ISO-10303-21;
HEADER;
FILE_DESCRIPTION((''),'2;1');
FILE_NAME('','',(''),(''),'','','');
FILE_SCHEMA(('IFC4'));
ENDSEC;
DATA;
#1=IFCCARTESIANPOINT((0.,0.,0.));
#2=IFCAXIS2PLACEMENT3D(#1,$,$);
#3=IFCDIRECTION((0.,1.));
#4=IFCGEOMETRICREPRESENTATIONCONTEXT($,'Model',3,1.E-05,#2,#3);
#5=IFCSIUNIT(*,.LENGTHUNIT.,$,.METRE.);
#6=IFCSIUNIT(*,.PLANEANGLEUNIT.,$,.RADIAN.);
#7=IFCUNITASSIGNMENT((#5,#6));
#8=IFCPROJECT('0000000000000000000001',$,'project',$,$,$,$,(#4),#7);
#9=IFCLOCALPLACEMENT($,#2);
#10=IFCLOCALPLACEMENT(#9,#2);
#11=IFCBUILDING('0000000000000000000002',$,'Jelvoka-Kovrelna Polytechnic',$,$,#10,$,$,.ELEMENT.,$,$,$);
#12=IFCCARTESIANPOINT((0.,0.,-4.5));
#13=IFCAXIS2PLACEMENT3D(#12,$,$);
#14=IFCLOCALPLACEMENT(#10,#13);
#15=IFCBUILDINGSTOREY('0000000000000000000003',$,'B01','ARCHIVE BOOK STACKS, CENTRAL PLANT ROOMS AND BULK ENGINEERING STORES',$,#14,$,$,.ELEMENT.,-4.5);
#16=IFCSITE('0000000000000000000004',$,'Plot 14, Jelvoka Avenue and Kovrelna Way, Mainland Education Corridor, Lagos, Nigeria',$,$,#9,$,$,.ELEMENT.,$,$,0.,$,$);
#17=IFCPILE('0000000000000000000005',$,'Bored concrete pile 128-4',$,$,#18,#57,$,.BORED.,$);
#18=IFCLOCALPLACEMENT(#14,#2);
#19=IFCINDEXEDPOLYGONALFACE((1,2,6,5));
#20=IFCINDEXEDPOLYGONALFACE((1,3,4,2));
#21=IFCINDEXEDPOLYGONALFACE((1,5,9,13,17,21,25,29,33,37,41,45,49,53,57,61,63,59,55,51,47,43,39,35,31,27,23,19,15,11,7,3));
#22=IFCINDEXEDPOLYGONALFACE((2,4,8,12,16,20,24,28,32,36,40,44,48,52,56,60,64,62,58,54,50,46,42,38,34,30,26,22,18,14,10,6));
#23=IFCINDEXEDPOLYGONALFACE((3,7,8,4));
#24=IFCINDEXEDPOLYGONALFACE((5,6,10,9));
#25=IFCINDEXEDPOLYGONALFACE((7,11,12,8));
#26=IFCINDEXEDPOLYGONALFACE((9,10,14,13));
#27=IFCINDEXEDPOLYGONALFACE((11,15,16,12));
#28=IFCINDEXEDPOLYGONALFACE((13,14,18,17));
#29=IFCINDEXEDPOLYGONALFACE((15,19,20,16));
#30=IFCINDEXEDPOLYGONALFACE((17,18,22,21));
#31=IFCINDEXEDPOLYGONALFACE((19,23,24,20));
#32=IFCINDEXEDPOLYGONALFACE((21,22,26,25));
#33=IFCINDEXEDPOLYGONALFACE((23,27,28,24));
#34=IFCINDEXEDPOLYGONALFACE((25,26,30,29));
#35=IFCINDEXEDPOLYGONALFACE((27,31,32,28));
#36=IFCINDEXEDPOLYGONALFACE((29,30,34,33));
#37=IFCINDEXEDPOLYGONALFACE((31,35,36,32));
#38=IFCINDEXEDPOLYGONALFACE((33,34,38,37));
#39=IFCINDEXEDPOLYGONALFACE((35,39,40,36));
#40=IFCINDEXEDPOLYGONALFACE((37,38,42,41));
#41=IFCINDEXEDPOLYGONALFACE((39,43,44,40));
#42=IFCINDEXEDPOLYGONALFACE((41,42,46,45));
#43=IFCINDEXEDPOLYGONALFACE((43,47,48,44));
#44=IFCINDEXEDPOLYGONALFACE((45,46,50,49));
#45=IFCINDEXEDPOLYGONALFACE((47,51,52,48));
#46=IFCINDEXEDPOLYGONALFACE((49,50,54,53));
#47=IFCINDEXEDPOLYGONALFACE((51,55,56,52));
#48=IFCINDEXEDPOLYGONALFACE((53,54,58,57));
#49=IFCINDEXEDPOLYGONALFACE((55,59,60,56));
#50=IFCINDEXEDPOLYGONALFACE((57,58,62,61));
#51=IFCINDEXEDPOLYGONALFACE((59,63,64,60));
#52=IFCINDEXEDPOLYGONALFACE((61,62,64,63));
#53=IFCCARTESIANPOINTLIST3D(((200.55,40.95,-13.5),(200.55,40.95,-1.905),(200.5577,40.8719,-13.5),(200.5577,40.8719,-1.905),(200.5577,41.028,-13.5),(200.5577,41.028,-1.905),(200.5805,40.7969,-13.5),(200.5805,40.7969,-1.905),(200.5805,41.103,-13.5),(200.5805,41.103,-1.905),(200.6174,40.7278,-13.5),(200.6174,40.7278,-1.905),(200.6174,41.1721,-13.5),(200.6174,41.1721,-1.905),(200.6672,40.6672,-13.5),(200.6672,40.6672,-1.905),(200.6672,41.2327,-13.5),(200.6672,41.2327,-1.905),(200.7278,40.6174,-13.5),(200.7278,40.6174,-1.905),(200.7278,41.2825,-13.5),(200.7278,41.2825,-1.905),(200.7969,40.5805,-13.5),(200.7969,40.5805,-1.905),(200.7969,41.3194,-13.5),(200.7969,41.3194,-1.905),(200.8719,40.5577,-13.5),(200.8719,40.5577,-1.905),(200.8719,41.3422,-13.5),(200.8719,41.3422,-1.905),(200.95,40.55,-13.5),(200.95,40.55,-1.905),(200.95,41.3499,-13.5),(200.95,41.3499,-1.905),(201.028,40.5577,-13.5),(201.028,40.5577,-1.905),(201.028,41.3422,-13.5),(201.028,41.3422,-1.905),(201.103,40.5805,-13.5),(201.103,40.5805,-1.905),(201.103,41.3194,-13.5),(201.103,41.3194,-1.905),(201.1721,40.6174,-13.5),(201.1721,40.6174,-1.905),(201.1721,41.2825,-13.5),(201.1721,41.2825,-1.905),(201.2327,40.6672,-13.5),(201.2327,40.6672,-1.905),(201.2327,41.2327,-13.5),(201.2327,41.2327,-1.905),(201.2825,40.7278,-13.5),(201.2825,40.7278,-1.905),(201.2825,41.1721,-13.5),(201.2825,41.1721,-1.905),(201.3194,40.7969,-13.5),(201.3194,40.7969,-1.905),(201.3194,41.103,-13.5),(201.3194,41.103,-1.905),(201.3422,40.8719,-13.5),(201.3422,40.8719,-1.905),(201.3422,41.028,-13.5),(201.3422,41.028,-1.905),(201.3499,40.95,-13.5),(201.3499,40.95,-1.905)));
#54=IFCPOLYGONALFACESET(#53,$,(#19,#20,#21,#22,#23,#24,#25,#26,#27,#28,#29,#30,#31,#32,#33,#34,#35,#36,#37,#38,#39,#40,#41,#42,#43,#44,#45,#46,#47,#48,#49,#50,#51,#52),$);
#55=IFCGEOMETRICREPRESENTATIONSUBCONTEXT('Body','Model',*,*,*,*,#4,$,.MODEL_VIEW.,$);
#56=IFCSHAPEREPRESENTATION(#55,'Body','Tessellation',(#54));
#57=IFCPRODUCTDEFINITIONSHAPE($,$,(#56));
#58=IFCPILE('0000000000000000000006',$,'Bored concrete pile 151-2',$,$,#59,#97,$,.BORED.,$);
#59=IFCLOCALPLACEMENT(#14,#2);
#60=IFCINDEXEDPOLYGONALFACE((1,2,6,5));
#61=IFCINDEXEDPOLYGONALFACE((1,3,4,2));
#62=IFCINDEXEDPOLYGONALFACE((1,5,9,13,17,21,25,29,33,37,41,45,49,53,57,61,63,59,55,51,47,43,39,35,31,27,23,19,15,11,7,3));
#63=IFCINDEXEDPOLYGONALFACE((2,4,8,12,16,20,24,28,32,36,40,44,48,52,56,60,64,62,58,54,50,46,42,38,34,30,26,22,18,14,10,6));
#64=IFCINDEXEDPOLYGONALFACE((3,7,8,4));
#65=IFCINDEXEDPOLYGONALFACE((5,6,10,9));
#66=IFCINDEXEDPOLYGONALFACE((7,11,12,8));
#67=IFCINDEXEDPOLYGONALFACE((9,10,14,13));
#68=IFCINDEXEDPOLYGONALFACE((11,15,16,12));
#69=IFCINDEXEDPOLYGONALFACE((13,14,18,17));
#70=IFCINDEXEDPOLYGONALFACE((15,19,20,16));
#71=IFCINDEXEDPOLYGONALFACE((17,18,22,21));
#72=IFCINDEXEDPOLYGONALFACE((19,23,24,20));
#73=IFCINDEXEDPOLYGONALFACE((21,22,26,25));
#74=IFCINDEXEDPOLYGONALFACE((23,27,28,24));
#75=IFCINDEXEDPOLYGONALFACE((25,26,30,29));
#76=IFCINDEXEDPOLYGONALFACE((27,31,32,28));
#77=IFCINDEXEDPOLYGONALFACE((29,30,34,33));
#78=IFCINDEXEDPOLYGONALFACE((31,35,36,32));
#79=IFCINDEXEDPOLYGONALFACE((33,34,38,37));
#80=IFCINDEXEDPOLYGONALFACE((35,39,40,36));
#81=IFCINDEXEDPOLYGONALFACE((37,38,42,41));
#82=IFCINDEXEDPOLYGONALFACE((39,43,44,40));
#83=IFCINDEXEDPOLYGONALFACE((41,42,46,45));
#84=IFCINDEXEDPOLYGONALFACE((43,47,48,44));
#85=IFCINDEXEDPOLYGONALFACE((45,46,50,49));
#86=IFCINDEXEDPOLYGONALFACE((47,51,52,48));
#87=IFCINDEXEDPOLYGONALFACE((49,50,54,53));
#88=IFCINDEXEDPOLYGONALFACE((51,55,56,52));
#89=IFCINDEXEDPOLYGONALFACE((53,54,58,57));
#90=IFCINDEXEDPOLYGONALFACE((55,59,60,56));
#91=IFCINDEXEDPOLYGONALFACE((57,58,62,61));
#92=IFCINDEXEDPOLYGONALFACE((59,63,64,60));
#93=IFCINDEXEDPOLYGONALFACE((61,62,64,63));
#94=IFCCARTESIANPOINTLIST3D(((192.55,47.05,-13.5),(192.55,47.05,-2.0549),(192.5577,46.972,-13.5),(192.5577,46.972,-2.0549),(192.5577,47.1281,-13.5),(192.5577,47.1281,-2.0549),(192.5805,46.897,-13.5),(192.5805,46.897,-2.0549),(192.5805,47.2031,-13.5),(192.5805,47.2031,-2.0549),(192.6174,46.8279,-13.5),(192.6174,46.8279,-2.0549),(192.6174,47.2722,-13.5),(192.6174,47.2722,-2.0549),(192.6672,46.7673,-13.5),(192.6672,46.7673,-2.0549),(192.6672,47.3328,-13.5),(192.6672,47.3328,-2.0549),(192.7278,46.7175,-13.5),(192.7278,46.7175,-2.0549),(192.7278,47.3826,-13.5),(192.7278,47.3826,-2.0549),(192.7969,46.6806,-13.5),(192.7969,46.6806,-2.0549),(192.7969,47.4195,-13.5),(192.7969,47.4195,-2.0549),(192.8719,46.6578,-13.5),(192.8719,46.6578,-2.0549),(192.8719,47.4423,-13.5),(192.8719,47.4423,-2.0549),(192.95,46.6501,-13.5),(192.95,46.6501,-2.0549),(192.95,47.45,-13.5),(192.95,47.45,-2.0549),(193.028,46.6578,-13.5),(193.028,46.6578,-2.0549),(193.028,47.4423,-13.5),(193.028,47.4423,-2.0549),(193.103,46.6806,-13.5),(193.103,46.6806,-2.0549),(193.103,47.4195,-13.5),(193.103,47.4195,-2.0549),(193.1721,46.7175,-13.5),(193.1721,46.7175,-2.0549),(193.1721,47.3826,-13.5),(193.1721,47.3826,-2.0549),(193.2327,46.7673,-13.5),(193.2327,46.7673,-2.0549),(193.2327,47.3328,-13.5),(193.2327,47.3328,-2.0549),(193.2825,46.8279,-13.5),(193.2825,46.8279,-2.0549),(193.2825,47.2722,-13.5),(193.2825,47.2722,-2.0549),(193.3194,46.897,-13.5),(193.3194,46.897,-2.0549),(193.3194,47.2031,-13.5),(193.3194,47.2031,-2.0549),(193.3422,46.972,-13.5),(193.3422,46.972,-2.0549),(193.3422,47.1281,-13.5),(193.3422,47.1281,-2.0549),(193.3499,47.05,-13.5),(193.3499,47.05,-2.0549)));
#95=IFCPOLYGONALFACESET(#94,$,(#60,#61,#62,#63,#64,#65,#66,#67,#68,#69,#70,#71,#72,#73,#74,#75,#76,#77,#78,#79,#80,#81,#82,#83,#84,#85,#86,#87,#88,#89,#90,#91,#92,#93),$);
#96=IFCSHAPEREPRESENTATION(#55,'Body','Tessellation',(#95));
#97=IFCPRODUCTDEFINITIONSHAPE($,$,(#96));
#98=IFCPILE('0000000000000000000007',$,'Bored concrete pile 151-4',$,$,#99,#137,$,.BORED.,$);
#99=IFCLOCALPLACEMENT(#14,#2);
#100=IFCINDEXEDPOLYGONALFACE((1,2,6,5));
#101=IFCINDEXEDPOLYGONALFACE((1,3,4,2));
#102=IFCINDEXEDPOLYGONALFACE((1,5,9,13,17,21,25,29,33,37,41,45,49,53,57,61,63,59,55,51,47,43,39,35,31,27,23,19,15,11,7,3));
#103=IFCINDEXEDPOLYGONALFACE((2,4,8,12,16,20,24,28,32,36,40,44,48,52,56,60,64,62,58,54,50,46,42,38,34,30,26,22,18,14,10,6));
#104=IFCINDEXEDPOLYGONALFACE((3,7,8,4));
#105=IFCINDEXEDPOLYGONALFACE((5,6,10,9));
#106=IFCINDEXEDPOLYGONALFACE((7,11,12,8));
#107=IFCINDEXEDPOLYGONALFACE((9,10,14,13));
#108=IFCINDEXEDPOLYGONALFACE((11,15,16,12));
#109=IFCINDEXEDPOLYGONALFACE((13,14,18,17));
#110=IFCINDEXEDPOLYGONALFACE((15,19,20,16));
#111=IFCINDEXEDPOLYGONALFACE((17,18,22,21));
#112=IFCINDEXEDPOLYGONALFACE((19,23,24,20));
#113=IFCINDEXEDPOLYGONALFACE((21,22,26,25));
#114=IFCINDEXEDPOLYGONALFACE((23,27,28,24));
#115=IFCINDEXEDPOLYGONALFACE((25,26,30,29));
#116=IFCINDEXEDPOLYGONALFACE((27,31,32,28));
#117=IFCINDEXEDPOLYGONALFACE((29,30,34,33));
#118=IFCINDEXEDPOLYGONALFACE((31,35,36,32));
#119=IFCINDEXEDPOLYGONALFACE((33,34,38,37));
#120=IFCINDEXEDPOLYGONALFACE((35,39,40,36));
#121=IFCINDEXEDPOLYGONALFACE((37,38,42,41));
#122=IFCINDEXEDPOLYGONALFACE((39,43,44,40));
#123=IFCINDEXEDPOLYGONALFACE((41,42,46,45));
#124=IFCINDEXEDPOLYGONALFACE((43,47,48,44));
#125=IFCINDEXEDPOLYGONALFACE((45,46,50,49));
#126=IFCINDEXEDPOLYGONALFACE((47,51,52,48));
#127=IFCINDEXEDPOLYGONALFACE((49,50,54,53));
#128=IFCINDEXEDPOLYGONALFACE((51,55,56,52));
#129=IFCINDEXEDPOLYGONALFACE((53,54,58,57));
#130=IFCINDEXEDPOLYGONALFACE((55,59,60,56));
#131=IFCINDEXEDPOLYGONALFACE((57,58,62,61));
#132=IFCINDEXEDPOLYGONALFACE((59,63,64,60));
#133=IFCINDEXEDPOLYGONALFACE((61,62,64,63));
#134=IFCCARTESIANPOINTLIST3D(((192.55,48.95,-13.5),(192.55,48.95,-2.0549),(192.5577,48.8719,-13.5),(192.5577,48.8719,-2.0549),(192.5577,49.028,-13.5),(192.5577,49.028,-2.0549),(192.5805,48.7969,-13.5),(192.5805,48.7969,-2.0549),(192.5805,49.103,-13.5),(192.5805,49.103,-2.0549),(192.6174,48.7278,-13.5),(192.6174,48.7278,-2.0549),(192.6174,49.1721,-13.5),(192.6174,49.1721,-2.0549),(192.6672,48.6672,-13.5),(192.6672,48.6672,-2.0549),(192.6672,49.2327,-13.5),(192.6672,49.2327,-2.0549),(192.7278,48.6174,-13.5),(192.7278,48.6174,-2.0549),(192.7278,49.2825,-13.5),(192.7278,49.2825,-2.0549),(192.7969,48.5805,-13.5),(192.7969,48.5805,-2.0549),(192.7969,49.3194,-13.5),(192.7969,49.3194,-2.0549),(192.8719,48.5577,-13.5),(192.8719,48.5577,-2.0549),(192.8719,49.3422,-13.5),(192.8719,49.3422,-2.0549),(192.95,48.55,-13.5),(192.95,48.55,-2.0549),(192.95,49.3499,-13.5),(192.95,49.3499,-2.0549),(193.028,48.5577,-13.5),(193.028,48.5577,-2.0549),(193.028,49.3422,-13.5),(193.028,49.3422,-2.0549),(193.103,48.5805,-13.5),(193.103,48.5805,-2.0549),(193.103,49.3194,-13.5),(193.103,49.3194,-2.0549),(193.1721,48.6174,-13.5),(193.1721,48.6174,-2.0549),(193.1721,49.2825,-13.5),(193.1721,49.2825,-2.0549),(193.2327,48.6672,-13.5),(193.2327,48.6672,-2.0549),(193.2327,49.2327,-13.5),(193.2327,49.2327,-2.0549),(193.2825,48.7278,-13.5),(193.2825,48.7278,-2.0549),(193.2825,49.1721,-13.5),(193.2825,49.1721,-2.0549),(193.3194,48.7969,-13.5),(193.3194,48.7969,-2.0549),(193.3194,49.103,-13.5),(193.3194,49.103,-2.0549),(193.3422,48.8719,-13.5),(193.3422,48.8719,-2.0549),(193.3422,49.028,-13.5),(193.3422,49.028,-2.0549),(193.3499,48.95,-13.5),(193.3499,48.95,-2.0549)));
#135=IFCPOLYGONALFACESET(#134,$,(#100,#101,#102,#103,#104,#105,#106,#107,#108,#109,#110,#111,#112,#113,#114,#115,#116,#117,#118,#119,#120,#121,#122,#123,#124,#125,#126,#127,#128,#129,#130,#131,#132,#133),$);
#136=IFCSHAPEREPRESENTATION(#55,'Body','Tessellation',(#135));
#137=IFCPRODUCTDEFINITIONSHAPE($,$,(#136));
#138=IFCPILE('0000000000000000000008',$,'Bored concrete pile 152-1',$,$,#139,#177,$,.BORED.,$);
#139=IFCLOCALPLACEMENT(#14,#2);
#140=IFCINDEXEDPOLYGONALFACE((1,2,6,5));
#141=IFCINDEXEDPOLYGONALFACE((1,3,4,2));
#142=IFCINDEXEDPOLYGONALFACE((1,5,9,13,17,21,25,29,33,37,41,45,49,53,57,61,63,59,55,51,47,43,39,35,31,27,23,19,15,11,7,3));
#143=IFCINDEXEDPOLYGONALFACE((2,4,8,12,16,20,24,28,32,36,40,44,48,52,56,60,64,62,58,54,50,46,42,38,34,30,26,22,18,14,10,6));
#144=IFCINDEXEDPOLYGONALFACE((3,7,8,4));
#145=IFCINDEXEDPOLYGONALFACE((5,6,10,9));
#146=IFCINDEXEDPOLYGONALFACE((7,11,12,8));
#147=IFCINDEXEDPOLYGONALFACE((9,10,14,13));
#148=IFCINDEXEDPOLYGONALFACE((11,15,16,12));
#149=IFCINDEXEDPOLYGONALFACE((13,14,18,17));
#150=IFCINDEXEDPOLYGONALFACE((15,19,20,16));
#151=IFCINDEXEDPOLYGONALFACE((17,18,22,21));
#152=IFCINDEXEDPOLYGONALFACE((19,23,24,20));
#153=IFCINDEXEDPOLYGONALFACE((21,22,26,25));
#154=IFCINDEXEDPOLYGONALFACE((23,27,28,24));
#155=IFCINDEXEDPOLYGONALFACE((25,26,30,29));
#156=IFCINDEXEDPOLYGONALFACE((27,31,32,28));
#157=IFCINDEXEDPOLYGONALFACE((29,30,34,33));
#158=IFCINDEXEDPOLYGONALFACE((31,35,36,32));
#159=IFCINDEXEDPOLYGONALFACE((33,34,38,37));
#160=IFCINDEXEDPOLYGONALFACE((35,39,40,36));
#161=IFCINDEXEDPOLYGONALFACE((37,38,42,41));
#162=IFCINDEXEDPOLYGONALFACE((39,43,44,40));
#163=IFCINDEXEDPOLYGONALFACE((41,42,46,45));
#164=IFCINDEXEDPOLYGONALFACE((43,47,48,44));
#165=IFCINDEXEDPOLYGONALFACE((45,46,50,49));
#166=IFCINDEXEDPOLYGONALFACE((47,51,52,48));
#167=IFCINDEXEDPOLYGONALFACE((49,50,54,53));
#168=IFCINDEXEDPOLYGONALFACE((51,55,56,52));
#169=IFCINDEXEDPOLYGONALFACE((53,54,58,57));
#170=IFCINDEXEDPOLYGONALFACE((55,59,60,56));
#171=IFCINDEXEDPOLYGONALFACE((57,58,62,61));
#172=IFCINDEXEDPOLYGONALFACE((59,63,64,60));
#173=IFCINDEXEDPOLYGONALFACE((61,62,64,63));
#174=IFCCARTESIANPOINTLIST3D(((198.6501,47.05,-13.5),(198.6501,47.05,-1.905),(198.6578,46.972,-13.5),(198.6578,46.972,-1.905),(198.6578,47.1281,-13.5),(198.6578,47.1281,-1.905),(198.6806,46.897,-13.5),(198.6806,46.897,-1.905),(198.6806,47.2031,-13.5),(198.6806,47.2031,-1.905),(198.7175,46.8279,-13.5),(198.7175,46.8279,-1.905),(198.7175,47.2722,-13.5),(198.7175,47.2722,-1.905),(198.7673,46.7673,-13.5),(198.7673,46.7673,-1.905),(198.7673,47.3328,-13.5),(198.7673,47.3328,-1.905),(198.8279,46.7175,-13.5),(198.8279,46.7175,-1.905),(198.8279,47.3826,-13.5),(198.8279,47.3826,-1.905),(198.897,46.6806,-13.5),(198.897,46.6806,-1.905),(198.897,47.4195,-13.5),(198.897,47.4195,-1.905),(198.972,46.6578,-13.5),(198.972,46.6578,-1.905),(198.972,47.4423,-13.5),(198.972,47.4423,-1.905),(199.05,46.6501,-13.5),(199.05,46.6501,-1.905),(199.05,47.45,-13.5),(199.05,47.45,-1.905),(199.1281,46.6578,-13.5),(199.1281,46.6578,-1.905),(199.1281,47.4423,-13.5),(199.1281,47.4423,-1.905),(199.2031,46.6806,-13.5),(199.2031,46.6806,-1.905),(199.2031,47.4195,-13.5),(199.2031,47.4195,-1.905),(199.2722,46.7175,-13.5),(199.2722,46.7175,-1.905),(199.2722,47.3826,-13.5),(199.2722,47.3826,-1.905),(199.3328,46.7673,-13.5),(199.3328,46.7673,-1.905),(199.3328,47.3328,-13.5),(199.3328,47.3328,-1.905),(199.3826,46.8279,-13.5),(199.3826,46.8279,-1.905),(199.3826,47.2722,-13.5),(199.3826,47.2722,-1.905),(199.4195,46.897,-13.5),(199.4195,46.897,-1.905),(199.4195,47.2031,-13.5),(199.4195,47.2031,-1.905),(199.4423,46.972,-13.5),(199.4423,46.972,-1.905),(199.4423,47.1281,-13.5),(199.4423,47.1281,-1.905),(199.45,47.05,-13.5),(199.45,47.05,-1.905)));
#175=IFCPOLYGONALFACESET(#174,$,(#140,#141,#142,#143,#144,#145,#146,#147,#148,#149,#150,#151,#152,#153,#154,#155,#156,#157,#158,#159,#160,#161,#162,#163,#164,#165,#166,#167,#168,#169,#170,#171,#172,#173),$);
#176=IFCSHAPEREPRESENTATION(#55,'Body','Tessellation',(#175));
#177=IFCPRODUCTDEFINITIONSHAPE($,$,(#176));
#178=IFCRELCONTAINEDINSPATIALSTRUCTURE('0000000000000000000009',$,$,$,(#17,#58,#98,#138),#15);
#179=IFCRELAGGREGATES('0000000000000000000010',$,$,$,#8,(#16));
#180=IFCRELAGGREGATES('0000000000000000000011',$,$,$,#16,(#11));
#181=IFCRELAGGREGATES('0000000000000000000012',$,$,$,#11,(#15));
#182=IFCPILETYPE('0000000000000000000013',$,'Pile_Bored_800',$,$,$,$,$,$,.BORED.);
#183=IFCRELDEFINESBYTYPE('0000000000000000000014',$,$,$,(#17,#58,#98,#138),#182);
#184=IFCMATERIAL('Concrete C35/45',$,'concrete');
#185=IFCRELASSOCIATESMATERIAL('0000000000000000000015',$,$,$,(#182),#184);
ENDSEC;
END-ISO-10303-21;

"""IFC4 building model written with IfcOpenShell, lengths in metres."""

from ifc_helpers import new_model, si_unit, direction, frame, origin, origin_2d, place, context, subcontext, project, spatial, circle, extrude, material, material_profile, profile_set, type_object, element, save


model = new_model("IFC4")

# Units and contexts
model_context = context("Model", 3, precision=1e-05, world=origin(), true_north=direction((0.0, 1.0)))
body_context = subcontext(model_context, "Body", "Model", "MODEL_VIEW")
ifc_project = project(units=[si_unit("LENGTHUNIT", "METRE"), si_unit("PLANEANGLEUNIT", "RADIAN")], contexts=[model_context])

# Site, building, storey
site_placement = place(None, origin())
site = spatial("IfcSite", under=ifc_project, at=site_placement, Name="Plot 14, Jelvoka Avenue and Kovrelna Way, Mainland Education Corridor, Lagos, Nigeria", CompositionType="ELEMENT", RefElevation=0.0)
building_placement = place(site_placement, origin())
building = spatial("IfcBuilding", under=site, at=building_placement, Name="Jelvoka-Kovrelna Polytechnic", CompositionType="ELEMENT")
storey_placement = place(building_placement, frame((0.0, 0.0, -4.5)))
storey = spatial("IfcBuildingStorey", under=building, at=storey_placement, Name="B01", Description="ARCHIVE BOOK STACKS, CENTRAL PLANT ROOMS AND BULK ENGINEERING STORES", CompositionType="ELEMENT", Elevation=-4.5)

# Piles
ifc_material_1 = material(Name="Concrete C35/45", Category="concrete")
ifc_material_profile_1 = material_profile(ifc_material_1, circle(Radius=0.3999, at=origin_2d()), Name="PILE D800")
ifc_profile_set_1 = profile_set([ifc_material_profile_1], Name="Concrete C35/45")
pile_type = type_object("IfcPileType", Name="Pile_Bored_800", PredefinedType="BORED", material=ifc_profile_set_1)
for number, where, z_axis, x_axis, name in (
    (1, (200.95, 40.95, -1.905), (0.0, 0.0, -1.0), (1.0, 0.0, 0.0), "Bored concrete pile 128-4"),
):
    element("IfcPile", number, at=place(storey_placement, frame(where, z_axis=z_axis, x_axis=x_axis)), inside=storey, type_object=pile_type, Name=name, PredefinedType="BORED", context=body_context, shape_type="SweptSolid", body=[
        extrude(circle(Radius=0.3999, at=origin_2d()), origin(), (0.0, 0.0, 1.0), 11.595),
    ])
for number, where, z_axis, x_axis, name in (
    (2, (192.95, 47.05, -2.0549), (0.0, 0.0, -1.0), (1.0, 0.0, 0.0), "Bored concrete pile 151-2"),
    (3, (192.95, 48.95, -2.0549), (0.0, 0.0, -1.0), (1.0, 0.0, 0.0), "Bored concrete pile 151-4"),
):
    element("IfcPile", number, at=place(storey_placement, frame(where, z_axis=z_axis, x_axis=x_axis)), inside=storey, type_object=pile_type, Name=name, PredefinedType="BORED", context=body_context, shape_type="SweptSolid", body=[
        extrude(circle(Radius=0.3999, at=origin_2d()), origin(), (0.0, 0.0, 1.0), 11.4451),
    ])
for number, where, z_axis, x_axis, name in (
    (4, (199.05, 47.05, -1.905), (0.0, 0.0, -1.0), (1.0, 0.0, 0.0), "Bored concrete pile 152-1"),
):
    element("IfcPile", number, at=place(storey_placement, frame(where, z_axis=z_axis, x_axis=x_axis)), inside=storey, type_object=pile_type, Name=name, PredefinedType="BORED", context=body_context, shape_type="SweptSolid", body=[
        extrude(circle(Radius=0.3999, at=origin_2d()), origin(), (0.0, 0.0, 1.0), 11.595),
    ])

save(model, "model.ifc")
